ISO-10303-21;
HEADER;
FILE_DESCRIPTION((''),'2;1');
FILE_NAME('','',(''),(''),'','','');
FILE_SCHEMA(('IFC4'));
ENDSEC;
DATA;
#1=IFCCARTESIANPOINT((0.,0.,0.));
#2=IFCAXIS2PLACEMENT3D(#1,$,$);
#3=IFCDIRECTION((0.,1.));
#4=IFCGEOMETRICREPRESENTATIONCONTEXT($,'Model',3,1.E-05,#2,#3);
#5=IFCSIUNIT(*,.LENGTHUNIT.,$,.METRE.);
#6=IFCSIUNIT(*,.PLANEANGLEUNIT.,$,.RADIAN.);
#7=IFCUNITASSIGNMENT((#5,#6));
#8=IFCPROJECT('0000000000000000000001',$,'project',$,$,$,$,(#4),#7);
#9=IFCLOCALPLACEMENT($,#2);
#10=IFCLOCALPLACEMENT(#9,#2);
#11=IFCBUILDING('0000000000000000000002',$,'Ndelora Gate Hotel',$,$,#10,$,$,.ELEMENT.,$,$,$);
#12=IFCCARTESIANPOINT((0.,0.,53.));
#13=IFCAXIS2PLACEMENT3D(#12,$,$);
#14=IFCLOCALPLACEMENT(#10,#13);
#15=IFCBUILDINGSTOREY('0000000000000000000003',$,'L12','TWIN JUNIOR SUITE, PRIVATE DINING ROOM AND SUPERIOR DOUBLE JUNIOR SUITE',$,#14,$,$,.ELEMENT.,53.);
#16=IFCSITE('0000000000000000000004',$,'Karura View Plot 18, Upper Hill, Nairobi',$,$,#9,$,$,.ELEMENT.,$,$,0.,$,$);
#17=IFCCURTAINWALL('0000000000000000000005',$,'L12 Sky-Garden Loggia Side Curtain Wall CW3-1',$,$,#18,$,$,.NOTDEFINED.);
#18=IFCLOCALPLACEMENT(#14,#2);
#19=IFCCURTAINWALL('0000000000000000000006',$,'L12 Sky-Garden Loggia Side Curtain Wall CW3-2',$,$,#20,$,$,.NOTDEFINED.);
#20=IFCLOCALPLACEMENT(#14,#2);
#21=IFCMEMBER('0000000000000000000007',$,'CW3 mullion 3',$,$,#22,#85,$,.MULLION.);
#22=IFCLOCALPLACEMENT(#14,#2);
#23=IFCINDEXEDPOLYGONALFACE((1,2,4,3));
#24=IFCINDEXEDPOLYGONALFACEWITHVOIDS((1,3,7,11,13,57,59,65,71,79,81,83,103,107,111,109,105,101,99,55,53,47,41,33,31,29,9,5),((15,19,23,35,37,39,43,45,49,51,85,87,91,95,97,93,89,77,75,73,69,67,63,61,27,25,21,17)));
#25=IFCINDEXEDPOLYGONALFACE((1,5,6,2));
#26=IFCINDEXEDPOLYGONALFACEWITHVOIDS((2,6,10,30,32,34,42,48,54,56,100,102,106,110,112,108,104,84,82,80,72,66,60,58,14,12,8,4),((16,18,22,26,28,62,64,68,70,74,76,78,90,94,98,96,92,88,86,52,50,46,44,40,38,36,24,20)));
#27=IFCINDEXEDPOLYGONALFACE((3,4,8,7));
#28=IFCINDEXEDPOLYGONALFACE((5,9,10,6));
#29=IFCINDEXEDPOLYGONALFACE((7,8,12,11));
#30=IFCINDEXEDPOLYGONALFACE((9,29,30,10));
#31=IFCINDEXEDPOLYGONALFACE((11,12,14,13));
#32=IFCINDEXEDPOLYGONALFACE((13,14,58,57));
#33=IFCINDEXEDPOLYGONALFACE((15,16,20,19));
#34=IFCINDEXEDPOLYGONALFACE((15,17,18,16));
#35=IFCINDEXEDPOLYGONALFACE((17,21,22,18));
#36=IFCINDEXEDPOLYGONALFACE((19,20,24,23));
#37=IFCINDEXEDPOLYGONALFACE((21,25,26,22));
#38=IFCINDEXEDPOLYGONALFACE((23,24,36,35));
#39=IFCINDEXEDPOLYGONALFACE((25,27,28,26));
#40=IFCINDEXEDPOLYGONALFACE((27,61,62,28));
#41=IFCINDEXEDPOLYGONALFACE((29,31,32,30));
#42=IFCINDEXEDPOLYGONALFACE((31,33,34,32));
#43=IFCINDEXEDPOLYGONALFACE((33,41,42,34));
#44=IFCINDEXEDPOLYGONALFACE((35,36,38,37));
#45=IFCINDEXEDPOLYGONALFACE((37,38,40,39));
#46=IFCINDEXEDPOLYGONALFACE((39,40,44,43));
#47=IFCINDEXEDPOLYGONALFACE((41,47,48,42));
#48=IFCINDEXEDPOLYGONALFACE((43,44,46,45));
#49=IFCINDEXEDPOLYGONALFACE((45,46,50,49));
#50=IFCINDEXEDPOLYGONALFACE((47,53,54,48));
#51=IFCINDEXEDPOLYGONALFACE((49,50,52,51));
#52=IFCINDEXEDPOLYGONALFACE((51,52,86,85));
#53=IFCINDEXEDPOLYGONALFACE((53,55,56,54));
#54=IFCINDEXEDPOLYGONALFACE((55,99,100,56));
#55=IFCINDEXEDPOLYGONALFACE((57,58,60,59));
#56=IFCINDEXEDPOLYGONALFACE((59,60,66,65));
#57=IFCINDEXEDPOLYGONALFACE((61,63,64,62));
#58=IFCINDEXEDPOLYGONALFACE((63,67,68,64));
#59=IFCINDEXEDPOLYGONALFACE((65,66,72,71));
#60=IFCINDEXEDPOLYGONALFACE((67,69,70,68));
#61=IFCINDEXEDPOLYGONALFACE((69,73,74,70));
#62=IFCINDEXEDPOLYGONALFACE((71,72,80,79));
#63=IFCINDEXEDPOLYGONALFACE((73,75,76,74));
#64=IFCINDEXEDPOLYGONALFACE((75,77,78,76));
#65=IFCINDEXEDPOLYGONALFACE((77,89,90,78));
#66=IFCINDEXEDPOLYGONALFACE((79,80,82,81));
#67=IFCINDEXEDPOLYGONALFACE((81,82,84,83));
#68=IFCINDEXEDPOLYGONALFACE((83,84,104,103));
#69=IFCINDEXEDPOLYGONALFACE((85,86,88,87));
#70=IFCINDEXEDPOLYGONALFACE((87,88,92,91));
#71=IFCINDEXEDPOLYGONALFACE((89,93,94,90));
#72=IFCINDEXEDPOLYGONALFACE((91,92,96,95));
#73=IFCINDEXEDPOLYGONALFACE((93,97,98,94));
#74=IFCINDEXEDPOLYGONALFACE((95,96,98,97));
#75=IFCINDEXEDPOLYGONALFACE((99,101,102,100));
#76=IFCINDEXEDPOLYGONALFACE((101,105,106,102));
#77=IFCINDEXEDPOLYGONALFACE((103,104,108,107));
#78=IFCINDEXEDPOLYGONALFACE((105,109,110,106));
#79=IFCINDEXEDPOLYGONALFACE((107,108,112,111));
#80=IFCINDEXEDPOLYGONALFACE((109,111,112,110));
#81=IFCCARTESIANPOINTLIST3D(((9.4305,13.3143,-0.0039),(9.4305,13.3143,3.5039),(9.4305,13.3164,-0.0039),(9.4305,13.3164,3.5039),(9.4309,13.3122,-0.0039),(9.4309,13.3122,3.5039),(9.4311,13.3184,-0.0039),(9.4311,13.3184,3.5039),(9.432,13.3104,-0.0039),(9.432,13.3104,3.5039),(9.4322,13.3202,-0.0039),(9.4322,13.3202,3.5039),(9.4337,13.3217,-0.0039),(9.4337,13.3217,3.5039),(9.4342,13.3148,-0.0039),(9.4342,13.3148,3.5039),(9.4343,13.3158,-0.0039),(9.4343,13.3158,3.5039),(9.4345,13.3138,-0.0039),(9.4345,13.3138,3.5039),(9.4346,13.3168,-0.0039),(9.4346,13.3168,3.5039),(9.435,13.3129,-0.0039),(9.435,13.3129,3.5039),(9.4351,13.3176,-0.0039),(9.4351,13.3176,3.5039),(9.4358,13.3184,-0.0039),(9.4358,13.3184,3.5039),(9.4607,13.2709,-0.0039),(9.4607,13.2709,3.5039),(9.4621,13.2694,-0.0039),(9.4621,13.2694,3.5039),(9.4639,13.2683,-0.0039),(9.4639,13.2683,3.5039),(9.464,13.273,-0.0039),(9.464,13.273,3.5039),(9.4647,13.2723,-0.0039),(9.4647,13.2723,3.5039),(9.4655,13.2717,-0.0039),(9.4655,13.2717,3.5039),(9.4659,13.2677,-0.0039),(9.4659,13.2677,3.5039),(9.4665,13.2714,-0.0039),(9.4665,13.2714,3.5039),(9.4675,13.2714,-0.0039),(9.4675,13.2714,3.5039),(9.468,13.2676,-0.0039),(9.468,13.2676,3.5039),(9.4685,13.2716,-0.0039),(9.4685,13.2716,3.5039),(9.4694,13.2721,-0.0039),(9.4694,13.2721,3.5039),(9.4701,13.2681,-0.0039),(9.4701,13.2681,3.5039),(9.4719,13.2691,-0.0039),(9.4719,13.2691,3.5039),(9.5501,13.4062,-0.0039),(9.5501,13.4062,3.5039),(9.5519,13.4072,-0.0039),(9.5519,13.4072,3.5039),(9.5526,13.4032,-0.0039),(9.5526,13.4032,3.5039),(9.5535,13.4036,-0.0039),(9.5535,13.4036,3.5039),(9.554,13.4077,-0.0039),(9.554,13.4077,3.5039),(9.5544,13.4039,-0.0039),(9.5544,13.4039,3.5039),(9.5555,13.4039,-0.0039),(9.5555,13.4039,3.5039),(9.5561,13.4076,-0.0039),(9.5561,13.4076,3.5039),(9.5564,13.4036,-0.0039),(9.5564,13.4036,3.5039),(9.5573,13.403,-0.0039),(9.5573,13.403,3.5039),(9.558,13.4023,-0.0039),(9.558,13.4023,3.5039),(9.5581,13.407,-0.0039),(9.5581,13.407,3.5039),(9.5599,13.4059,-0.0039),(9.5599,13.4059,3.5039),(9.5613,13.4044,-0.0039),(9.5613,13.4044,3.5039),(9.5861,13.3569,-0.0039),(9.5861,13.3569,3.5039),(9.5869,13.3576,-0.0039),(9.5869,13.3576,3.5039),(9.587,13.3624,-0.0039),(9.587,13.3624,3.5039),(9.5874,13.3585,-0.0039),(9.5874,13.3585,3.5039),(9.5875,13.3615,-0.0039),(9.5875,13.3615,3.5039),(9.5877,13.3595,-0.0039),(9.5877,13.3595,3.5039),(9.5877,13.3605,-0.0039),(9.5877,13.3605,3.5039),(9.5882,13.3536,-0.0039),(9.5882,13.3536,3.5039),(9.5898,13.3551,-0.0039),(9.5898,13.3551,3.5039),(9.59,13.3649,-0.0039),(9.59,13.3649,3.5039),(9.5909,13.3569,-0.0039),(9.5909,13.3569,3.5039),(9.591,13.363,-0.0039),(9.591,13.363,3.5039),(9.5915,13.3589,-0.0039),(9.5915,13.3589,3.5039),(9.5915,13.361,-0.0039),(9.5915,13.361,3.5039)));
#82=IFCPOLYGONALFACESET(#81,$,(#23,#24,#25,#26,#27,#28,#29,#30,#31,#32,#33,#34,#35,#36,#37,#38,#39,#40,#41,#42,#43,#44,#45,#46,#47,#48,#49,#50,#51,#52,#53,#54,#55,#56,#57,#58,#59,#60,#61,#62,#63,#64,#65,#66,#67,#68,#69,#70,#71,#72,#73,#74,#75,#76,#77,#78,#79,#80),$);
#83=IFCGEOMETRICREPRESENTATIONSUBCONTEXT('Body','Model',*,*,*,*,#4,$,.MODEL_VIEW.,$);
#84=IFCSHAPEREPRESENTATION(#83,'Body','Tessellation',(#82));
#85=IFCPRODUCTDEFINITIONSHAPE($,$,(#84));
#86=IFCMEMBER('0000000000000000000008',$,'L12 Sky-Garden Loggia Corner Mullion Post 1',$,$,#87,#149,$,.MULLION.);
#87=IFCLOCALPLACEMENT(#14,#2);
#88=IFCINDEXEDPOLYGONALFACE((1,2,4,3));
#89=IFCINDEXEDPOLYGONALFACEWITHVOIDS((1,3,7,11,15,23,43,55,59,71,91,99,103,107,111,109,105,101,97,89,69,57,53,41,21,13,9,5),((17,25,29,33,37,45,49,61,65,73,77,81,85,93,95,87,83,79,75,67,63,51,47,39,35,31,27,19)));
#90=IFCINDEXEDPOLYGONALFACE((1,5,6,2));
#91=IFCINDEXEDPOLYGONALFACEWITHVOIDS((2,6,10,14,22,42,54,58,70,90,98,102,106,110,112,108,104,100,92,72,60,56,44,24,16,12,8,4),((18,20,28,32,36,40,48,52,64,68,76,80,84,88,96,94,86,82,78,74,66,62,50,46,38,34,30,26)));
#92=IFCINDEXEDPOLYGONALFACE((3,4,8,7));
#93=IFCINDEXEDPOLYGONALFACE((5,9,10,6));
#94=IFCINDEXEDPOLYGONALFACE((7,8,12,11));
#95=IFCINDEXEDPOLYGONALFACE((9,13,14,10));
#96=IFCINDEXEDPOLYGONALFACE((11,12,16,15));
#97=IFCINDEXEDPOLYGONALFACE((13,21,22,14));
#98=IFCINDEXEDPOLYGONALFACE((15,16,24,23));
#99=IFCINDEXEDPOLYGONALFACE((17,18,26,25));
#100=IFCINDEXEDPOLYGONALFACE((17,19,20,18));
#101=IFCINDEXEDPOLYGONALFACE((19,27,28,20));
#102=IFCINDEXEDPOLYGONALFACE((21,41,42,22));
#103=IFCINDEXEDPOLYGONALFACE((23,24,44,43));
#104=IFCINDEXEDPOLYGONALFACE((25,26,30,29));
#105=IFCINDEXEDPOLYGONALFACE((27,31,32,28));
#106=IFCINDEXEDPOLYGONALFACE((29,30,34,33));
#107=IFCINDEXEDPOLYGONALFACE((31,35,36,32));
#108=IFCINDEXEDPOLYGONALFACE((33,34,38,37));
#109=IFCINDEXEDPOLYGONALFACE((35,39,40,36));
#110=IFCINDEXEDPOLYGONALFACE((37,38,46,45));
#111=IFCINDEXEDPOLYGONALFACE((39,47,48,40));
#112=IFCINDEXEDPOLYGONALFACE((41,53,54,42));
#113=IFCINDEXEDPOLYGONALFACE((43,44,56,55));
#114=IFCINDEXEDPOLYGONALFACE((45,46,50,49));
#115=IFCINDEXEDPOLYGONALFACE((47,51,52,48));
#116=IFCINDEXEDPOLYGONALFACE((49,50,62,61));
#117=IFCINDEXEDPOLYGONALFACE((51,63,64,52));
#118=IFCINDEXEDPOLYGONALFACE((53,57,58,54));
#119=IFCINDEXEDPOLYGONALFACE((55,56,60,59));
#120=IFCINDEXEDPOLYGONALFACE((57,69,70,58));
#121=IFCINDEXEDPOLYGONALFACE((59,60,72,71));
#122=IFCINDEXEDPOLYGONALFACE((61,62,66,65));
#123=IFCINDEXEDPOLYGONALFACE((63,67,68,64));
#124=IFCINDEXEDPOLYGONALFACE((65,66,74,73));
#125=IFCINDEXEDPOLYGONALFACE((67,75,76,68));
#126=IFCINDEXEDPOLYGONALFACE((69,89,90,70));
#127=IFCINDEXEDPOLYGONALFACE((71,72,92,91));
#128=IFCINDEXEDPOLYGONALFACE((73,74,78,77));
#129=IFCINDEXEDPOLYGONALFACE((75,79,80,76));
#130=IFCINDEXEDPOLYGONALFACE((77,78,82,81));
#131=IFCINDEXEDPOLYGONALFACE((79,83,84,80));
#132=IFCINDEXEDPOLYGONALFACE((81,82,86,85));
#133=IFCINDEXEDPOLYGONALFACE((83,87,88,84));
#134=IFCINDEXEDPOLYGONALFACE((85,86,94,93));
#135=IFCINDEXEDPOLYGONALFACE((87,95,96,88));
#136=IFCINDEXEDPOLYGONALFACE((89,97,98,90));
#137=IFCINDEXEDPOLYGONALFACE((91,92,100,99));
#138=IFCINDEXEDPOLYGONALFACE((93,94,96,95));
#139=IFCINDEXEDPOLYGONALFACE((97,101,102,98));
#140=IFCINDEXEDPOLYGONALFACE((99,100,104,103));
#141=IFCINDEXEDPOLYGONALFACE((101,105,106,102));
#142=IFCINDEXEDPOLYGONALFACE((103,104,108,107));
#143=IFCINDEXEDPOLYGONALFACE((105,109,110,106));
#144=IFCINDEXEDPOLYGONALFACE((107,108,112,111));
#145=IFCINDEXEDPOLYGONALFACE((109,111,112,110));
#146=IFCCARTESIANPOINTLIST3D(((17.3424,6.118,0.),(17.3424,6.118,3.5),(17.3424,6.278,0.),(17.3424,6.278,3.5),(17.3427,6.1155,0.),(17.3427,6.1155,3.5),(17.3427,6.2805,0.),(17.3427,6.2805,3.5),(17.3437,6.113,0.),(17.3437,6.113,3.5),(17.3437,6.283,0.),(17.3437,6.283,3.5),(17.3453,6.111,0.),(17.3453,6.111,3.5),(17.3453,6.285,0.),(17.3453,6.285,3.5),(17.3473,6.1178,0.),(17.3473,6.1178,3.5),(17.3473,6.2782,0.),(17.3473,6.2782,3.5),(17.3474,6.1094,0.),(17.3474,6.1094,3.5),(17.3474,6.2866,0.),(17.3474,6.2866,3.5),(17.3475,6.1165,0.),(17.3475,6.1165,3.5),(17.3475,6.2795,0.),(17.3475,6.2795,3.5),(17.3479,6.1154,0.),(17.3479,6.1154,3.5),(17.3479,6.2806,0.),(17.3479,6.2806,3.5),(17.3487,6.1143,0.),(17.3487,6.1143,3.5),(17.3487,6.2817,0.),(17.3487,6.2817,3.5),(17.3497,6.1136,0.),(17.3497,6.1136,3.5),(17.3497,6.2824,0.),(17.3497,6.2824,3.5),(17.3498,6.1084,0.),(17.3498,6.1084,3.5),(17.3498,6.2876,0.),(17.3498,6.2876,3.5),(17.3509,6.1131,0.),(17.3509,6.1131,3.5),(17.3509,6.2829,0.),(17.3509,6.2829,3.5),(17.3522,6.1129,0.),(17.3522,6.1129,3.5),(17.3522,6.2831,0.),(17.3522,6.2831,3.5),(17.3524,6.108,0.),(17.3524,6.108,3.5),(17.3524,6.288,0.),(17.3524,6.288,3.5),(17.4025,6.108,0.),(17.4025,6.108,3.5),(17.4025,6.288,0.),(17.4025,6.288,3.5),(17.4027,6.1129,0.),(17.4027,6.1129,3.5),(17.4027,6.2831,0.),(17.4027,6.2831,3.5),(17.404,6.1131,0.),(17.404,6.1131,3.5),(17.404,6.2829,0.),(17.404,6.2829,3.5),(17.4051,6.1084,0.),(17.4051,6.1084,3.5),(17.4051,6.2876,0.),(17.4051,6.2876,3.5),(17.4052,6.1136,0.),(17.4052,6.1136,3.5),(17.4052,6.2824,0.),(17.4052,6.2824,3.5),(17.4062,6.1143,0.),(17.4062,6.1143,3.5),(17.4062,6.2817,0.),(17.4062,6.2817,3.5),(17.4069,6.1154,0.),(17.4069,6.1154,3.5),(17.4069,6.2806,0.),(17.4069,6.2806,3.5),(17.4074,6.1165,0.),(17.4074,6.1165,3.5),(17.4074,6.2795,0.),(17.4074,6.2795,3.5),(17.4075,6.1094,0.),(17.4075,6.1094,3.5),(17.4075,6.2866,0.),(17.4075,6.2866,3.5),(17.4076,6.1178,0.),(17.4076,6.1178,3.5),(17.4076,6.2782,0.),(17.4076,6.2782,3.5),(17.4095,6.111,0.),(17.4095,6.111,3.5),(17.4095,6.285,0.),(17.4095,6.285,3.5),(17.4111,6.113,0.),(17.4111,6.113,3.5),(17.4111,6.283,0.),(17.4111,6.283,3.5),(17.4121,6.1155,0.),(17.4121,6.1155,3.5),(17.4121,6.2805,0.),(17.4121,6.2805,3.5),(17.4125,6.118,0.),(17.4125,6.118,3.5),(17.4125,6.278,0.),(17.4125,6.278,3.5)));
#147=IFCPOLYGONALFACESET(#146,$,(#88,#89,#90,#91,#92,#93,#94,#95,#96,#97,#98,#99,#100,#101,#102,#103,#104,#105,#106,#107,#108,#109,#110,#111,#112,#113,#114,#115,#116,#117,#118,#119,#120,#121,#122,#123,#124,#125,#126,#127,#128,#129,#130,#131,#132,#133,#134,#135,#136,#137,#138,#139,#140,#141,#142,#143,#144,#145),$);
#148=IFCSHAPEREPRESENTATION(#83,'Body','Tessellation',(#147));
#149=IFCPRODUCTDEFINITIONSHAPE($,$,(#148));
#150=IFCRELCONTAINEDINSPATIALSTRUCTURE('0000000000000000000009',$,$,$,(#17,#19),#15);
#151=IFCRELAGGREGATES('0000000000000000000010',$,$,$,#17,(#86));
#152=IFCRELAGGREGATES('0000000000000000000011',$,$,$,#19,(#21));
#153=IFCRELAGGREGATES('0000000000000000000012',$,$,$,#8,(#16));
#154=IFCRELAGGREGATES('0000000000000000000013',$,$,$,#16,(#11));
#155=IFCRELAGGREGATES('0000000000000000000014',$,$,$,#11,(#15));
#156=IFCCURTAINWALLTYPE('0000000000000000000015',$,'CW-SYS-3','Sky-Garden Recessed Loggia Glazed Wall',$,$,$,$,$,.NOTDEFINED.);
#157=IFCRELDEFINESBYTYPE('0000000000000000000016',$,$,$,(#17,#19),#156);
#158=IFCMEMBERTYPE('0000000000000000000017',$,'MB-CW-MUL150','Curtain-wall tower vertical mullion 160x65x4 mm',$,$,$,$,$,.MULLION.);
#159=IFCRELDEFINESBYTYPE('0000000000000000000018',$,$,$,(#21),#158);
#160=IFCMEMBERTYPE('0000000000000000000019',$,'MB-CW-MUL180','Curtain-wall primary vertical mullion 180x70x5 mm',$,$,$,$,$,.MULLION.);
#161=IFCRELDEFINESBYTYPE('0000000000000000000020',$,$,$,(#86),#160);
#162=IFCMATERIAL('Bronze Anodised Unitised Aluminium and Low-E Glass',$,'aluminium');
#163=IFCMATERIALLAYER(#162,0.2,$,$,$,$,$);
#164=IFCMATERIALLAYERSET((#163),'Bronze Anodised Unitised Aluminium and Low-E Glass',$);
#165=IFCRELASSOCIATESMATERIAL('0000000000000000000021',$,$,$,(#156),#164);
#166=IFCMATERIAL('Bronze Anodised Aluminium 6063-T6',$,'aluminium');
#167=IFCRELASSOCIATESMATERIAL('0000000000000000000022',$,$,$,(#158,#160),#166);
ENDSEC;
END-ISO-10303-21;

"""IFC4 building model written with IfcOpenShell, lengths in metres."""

from ifc_helpers import new_model, si_unit, direction, frame, origin, origin_2d, place, context, subcontext, project, spatial, hollow_rectangle, extrude, material, layer, layer_set, material_profile, profile_set, type_object, element, aggregate, save


model = new_model("IFC4")

# Units and contexts
model_context = context("Model", 3, precision=1e-05, world=origin(), true_north=direction((0.0, 1.0)))
body_context = subcontext(model_context, "Body", "Model", "MODEL_VIEW")
ifc_project = project(units=[si_unit("LENGTHUNIT", "METRE"), si_unit("PLANEANGLEUNIT", "RADIAN")], contexts=[model_context])

# Site, building, storey
site_placement = place(None, origin())
site = spatial("IfcSite", under=ifc_project, at=site_placement, Name="Karura View Plot 18, Upper Hill, Nairobi", CompositionType="ELEMENT", RefElevation=0.0)
building_placement = place(site_placement, origin())
building = spatial("IfcBuilding", under=site, at=building_placement, Name="Ndelora Gate Hotel", CompositionType="ELEMENT")
storey_placement = place(building_placement, frame((0.0, 0.0, 53.0)))
storey = spatial("IfcBuildingStorey", under=building, at=storey_placement, Name="L12", Description="TWIN JUNIOR SUITE, PRIVATE DINING ROOM AND SUPERIOR DOUBLE JUNIOR SUITE", CompositionType="ELEMENT", Elevation=53.0)

# Curtain walls, member
ifc_material_1 = material(Name="Bronze Anodised Unitised Aluminium and Low-E Glass", Category="aluminium")
ifc_layer_1 = layer(ifc_material_1, 0.2)
ifc_layer_set_1 = layer_set([ifc_layer_1], Name="Bronze Anodised Unitised Aluminium and Low-E Glass")
curtain_wall_type = type_object("IfcCurtainWallType", Name="CW-SYS-3", Description="Sky-Garden Recessed Loggia Glazed Wall", PredefinedType="NOTDEFINED", material=ifc_layer_set_1)
curtain_wall_1_placement = place(storey_placement, origin())
curtain_wall_1 = element("IfcCurtainWall", 1, at=curtain_wall_1_placement, inside=storey, type_object=curtain_wall_type, Name="L12 Sky-Garden Loggia Side Curtain Wall CW3-1", PredefinedType="NOTDEFINED")
ifc_material_2 = material(Name="Bronze Anodised Aluminium 6063-T6", Category="aluminium")
ifc_material_profile_1 = material_profile(ifc_material_2, hollow_rectangle(XDim=0.0649, YDim=0.1599, WallThickness=0.0039, InnerFilletRadius=0.0039, OuterFilletRadius=0.0081, at=origin_2d()), Name="ALU 160x65x4")
ifc_profile_set_1 = profile_set([ifc_material_profile_1], Name="Bronze Anodised Aluminium 6063-T6")
member_type_1 = type_object("IfcMemberType", Name="MB-CW-MUL150", Description="Curtain-wall tower vertical mullion 160x65x4 mm", PredefinedType="MULLION", material=ifc_profile_set_1)
curtain_wall_2_placement = place(storey_placement, origin())
curtain_wall_2 = element("IfcCurtainWall", 2, at=curtain_wall_2_placement, inside=storey, type_object=curtain_wall_type, Name="L12 Sky-Garden Loggia Side Curtain Wall CW3-2", PredefinedType="NOTDEFINED")
member_1_placement = place(storey_placement, frame((9.511, 13.3376, -0.0039), z_axis=(0.0, 0.0, 1.0), x_axis=(0.587785, -0.809017, 0.0)))
member_1 = element("IfcMember", 3, at=member_1_placement, type_object=member_type_1, Name="CW3 mullion 3", PredefinedType="MULLION", context=body_context, shape_type="SweptSolid", body=[
    extrude(hollow_rectangle(XDim=0.0649, YDim=0.1599, WallThickness=0.0039, InnerFilletRadius=0.0039, OuterFilletRadius=0.0081, at=origin_2d()), origin(), (0.0, 0.0, 1.0), 3.5078),
])

# Member
ifc_material_profile_2 = material_profile(ifc_material_2, hollow_rectangle(XDim=0.0701, YDim=0.1799, WallThickness=0.0049, InnerFilletRadius=0.0049, OuterFilletRadius=0.01, at=origin_2d()), Name="ALU 180x70x5")
ifc_profile_set_2 = profile_set([ifc_material_profile_2], Name="Bronze Anodised Aluminium 6063-T6")
member_type_2 = type_object("IfcMemberType", Name="MB-CW-MUL180", Description="Curtain-wall primary vertical mullion 180x70x5 mm", PredefinedType="MULLION", material=ifc_profile_set_2)
member_2_placement = place(storey_placement, frame((17.3774, 6.198, 0.0), z_axis=(0.0, 0.0, 1.0), x_axis=(1.0, 0.0, 0.0)))
member_2 = element("IfcMember", 4, at=member_2_placement, type_object=member_type_2, Name="L12 Sky-Garden Loggia Corner Mullion Post 1", PredefinedType="MULLION", context=body_context, shape_type="SweptSolid", body=[
    extrude(hollow_rectangle(XDim=0.0701, YDim=0.1799, WallThickness=0.0049, InnerFilletRadius=0.0049, OuterFilletRadius=0.01, at=origin_2d()), origin(), (0.0, 0.0, 1.0), 3.5),
])

aggregate(curtain_wall_1, [member_2])
aggregate(curtain_wall_2, [member_1])

save(model, "model.ifc")
